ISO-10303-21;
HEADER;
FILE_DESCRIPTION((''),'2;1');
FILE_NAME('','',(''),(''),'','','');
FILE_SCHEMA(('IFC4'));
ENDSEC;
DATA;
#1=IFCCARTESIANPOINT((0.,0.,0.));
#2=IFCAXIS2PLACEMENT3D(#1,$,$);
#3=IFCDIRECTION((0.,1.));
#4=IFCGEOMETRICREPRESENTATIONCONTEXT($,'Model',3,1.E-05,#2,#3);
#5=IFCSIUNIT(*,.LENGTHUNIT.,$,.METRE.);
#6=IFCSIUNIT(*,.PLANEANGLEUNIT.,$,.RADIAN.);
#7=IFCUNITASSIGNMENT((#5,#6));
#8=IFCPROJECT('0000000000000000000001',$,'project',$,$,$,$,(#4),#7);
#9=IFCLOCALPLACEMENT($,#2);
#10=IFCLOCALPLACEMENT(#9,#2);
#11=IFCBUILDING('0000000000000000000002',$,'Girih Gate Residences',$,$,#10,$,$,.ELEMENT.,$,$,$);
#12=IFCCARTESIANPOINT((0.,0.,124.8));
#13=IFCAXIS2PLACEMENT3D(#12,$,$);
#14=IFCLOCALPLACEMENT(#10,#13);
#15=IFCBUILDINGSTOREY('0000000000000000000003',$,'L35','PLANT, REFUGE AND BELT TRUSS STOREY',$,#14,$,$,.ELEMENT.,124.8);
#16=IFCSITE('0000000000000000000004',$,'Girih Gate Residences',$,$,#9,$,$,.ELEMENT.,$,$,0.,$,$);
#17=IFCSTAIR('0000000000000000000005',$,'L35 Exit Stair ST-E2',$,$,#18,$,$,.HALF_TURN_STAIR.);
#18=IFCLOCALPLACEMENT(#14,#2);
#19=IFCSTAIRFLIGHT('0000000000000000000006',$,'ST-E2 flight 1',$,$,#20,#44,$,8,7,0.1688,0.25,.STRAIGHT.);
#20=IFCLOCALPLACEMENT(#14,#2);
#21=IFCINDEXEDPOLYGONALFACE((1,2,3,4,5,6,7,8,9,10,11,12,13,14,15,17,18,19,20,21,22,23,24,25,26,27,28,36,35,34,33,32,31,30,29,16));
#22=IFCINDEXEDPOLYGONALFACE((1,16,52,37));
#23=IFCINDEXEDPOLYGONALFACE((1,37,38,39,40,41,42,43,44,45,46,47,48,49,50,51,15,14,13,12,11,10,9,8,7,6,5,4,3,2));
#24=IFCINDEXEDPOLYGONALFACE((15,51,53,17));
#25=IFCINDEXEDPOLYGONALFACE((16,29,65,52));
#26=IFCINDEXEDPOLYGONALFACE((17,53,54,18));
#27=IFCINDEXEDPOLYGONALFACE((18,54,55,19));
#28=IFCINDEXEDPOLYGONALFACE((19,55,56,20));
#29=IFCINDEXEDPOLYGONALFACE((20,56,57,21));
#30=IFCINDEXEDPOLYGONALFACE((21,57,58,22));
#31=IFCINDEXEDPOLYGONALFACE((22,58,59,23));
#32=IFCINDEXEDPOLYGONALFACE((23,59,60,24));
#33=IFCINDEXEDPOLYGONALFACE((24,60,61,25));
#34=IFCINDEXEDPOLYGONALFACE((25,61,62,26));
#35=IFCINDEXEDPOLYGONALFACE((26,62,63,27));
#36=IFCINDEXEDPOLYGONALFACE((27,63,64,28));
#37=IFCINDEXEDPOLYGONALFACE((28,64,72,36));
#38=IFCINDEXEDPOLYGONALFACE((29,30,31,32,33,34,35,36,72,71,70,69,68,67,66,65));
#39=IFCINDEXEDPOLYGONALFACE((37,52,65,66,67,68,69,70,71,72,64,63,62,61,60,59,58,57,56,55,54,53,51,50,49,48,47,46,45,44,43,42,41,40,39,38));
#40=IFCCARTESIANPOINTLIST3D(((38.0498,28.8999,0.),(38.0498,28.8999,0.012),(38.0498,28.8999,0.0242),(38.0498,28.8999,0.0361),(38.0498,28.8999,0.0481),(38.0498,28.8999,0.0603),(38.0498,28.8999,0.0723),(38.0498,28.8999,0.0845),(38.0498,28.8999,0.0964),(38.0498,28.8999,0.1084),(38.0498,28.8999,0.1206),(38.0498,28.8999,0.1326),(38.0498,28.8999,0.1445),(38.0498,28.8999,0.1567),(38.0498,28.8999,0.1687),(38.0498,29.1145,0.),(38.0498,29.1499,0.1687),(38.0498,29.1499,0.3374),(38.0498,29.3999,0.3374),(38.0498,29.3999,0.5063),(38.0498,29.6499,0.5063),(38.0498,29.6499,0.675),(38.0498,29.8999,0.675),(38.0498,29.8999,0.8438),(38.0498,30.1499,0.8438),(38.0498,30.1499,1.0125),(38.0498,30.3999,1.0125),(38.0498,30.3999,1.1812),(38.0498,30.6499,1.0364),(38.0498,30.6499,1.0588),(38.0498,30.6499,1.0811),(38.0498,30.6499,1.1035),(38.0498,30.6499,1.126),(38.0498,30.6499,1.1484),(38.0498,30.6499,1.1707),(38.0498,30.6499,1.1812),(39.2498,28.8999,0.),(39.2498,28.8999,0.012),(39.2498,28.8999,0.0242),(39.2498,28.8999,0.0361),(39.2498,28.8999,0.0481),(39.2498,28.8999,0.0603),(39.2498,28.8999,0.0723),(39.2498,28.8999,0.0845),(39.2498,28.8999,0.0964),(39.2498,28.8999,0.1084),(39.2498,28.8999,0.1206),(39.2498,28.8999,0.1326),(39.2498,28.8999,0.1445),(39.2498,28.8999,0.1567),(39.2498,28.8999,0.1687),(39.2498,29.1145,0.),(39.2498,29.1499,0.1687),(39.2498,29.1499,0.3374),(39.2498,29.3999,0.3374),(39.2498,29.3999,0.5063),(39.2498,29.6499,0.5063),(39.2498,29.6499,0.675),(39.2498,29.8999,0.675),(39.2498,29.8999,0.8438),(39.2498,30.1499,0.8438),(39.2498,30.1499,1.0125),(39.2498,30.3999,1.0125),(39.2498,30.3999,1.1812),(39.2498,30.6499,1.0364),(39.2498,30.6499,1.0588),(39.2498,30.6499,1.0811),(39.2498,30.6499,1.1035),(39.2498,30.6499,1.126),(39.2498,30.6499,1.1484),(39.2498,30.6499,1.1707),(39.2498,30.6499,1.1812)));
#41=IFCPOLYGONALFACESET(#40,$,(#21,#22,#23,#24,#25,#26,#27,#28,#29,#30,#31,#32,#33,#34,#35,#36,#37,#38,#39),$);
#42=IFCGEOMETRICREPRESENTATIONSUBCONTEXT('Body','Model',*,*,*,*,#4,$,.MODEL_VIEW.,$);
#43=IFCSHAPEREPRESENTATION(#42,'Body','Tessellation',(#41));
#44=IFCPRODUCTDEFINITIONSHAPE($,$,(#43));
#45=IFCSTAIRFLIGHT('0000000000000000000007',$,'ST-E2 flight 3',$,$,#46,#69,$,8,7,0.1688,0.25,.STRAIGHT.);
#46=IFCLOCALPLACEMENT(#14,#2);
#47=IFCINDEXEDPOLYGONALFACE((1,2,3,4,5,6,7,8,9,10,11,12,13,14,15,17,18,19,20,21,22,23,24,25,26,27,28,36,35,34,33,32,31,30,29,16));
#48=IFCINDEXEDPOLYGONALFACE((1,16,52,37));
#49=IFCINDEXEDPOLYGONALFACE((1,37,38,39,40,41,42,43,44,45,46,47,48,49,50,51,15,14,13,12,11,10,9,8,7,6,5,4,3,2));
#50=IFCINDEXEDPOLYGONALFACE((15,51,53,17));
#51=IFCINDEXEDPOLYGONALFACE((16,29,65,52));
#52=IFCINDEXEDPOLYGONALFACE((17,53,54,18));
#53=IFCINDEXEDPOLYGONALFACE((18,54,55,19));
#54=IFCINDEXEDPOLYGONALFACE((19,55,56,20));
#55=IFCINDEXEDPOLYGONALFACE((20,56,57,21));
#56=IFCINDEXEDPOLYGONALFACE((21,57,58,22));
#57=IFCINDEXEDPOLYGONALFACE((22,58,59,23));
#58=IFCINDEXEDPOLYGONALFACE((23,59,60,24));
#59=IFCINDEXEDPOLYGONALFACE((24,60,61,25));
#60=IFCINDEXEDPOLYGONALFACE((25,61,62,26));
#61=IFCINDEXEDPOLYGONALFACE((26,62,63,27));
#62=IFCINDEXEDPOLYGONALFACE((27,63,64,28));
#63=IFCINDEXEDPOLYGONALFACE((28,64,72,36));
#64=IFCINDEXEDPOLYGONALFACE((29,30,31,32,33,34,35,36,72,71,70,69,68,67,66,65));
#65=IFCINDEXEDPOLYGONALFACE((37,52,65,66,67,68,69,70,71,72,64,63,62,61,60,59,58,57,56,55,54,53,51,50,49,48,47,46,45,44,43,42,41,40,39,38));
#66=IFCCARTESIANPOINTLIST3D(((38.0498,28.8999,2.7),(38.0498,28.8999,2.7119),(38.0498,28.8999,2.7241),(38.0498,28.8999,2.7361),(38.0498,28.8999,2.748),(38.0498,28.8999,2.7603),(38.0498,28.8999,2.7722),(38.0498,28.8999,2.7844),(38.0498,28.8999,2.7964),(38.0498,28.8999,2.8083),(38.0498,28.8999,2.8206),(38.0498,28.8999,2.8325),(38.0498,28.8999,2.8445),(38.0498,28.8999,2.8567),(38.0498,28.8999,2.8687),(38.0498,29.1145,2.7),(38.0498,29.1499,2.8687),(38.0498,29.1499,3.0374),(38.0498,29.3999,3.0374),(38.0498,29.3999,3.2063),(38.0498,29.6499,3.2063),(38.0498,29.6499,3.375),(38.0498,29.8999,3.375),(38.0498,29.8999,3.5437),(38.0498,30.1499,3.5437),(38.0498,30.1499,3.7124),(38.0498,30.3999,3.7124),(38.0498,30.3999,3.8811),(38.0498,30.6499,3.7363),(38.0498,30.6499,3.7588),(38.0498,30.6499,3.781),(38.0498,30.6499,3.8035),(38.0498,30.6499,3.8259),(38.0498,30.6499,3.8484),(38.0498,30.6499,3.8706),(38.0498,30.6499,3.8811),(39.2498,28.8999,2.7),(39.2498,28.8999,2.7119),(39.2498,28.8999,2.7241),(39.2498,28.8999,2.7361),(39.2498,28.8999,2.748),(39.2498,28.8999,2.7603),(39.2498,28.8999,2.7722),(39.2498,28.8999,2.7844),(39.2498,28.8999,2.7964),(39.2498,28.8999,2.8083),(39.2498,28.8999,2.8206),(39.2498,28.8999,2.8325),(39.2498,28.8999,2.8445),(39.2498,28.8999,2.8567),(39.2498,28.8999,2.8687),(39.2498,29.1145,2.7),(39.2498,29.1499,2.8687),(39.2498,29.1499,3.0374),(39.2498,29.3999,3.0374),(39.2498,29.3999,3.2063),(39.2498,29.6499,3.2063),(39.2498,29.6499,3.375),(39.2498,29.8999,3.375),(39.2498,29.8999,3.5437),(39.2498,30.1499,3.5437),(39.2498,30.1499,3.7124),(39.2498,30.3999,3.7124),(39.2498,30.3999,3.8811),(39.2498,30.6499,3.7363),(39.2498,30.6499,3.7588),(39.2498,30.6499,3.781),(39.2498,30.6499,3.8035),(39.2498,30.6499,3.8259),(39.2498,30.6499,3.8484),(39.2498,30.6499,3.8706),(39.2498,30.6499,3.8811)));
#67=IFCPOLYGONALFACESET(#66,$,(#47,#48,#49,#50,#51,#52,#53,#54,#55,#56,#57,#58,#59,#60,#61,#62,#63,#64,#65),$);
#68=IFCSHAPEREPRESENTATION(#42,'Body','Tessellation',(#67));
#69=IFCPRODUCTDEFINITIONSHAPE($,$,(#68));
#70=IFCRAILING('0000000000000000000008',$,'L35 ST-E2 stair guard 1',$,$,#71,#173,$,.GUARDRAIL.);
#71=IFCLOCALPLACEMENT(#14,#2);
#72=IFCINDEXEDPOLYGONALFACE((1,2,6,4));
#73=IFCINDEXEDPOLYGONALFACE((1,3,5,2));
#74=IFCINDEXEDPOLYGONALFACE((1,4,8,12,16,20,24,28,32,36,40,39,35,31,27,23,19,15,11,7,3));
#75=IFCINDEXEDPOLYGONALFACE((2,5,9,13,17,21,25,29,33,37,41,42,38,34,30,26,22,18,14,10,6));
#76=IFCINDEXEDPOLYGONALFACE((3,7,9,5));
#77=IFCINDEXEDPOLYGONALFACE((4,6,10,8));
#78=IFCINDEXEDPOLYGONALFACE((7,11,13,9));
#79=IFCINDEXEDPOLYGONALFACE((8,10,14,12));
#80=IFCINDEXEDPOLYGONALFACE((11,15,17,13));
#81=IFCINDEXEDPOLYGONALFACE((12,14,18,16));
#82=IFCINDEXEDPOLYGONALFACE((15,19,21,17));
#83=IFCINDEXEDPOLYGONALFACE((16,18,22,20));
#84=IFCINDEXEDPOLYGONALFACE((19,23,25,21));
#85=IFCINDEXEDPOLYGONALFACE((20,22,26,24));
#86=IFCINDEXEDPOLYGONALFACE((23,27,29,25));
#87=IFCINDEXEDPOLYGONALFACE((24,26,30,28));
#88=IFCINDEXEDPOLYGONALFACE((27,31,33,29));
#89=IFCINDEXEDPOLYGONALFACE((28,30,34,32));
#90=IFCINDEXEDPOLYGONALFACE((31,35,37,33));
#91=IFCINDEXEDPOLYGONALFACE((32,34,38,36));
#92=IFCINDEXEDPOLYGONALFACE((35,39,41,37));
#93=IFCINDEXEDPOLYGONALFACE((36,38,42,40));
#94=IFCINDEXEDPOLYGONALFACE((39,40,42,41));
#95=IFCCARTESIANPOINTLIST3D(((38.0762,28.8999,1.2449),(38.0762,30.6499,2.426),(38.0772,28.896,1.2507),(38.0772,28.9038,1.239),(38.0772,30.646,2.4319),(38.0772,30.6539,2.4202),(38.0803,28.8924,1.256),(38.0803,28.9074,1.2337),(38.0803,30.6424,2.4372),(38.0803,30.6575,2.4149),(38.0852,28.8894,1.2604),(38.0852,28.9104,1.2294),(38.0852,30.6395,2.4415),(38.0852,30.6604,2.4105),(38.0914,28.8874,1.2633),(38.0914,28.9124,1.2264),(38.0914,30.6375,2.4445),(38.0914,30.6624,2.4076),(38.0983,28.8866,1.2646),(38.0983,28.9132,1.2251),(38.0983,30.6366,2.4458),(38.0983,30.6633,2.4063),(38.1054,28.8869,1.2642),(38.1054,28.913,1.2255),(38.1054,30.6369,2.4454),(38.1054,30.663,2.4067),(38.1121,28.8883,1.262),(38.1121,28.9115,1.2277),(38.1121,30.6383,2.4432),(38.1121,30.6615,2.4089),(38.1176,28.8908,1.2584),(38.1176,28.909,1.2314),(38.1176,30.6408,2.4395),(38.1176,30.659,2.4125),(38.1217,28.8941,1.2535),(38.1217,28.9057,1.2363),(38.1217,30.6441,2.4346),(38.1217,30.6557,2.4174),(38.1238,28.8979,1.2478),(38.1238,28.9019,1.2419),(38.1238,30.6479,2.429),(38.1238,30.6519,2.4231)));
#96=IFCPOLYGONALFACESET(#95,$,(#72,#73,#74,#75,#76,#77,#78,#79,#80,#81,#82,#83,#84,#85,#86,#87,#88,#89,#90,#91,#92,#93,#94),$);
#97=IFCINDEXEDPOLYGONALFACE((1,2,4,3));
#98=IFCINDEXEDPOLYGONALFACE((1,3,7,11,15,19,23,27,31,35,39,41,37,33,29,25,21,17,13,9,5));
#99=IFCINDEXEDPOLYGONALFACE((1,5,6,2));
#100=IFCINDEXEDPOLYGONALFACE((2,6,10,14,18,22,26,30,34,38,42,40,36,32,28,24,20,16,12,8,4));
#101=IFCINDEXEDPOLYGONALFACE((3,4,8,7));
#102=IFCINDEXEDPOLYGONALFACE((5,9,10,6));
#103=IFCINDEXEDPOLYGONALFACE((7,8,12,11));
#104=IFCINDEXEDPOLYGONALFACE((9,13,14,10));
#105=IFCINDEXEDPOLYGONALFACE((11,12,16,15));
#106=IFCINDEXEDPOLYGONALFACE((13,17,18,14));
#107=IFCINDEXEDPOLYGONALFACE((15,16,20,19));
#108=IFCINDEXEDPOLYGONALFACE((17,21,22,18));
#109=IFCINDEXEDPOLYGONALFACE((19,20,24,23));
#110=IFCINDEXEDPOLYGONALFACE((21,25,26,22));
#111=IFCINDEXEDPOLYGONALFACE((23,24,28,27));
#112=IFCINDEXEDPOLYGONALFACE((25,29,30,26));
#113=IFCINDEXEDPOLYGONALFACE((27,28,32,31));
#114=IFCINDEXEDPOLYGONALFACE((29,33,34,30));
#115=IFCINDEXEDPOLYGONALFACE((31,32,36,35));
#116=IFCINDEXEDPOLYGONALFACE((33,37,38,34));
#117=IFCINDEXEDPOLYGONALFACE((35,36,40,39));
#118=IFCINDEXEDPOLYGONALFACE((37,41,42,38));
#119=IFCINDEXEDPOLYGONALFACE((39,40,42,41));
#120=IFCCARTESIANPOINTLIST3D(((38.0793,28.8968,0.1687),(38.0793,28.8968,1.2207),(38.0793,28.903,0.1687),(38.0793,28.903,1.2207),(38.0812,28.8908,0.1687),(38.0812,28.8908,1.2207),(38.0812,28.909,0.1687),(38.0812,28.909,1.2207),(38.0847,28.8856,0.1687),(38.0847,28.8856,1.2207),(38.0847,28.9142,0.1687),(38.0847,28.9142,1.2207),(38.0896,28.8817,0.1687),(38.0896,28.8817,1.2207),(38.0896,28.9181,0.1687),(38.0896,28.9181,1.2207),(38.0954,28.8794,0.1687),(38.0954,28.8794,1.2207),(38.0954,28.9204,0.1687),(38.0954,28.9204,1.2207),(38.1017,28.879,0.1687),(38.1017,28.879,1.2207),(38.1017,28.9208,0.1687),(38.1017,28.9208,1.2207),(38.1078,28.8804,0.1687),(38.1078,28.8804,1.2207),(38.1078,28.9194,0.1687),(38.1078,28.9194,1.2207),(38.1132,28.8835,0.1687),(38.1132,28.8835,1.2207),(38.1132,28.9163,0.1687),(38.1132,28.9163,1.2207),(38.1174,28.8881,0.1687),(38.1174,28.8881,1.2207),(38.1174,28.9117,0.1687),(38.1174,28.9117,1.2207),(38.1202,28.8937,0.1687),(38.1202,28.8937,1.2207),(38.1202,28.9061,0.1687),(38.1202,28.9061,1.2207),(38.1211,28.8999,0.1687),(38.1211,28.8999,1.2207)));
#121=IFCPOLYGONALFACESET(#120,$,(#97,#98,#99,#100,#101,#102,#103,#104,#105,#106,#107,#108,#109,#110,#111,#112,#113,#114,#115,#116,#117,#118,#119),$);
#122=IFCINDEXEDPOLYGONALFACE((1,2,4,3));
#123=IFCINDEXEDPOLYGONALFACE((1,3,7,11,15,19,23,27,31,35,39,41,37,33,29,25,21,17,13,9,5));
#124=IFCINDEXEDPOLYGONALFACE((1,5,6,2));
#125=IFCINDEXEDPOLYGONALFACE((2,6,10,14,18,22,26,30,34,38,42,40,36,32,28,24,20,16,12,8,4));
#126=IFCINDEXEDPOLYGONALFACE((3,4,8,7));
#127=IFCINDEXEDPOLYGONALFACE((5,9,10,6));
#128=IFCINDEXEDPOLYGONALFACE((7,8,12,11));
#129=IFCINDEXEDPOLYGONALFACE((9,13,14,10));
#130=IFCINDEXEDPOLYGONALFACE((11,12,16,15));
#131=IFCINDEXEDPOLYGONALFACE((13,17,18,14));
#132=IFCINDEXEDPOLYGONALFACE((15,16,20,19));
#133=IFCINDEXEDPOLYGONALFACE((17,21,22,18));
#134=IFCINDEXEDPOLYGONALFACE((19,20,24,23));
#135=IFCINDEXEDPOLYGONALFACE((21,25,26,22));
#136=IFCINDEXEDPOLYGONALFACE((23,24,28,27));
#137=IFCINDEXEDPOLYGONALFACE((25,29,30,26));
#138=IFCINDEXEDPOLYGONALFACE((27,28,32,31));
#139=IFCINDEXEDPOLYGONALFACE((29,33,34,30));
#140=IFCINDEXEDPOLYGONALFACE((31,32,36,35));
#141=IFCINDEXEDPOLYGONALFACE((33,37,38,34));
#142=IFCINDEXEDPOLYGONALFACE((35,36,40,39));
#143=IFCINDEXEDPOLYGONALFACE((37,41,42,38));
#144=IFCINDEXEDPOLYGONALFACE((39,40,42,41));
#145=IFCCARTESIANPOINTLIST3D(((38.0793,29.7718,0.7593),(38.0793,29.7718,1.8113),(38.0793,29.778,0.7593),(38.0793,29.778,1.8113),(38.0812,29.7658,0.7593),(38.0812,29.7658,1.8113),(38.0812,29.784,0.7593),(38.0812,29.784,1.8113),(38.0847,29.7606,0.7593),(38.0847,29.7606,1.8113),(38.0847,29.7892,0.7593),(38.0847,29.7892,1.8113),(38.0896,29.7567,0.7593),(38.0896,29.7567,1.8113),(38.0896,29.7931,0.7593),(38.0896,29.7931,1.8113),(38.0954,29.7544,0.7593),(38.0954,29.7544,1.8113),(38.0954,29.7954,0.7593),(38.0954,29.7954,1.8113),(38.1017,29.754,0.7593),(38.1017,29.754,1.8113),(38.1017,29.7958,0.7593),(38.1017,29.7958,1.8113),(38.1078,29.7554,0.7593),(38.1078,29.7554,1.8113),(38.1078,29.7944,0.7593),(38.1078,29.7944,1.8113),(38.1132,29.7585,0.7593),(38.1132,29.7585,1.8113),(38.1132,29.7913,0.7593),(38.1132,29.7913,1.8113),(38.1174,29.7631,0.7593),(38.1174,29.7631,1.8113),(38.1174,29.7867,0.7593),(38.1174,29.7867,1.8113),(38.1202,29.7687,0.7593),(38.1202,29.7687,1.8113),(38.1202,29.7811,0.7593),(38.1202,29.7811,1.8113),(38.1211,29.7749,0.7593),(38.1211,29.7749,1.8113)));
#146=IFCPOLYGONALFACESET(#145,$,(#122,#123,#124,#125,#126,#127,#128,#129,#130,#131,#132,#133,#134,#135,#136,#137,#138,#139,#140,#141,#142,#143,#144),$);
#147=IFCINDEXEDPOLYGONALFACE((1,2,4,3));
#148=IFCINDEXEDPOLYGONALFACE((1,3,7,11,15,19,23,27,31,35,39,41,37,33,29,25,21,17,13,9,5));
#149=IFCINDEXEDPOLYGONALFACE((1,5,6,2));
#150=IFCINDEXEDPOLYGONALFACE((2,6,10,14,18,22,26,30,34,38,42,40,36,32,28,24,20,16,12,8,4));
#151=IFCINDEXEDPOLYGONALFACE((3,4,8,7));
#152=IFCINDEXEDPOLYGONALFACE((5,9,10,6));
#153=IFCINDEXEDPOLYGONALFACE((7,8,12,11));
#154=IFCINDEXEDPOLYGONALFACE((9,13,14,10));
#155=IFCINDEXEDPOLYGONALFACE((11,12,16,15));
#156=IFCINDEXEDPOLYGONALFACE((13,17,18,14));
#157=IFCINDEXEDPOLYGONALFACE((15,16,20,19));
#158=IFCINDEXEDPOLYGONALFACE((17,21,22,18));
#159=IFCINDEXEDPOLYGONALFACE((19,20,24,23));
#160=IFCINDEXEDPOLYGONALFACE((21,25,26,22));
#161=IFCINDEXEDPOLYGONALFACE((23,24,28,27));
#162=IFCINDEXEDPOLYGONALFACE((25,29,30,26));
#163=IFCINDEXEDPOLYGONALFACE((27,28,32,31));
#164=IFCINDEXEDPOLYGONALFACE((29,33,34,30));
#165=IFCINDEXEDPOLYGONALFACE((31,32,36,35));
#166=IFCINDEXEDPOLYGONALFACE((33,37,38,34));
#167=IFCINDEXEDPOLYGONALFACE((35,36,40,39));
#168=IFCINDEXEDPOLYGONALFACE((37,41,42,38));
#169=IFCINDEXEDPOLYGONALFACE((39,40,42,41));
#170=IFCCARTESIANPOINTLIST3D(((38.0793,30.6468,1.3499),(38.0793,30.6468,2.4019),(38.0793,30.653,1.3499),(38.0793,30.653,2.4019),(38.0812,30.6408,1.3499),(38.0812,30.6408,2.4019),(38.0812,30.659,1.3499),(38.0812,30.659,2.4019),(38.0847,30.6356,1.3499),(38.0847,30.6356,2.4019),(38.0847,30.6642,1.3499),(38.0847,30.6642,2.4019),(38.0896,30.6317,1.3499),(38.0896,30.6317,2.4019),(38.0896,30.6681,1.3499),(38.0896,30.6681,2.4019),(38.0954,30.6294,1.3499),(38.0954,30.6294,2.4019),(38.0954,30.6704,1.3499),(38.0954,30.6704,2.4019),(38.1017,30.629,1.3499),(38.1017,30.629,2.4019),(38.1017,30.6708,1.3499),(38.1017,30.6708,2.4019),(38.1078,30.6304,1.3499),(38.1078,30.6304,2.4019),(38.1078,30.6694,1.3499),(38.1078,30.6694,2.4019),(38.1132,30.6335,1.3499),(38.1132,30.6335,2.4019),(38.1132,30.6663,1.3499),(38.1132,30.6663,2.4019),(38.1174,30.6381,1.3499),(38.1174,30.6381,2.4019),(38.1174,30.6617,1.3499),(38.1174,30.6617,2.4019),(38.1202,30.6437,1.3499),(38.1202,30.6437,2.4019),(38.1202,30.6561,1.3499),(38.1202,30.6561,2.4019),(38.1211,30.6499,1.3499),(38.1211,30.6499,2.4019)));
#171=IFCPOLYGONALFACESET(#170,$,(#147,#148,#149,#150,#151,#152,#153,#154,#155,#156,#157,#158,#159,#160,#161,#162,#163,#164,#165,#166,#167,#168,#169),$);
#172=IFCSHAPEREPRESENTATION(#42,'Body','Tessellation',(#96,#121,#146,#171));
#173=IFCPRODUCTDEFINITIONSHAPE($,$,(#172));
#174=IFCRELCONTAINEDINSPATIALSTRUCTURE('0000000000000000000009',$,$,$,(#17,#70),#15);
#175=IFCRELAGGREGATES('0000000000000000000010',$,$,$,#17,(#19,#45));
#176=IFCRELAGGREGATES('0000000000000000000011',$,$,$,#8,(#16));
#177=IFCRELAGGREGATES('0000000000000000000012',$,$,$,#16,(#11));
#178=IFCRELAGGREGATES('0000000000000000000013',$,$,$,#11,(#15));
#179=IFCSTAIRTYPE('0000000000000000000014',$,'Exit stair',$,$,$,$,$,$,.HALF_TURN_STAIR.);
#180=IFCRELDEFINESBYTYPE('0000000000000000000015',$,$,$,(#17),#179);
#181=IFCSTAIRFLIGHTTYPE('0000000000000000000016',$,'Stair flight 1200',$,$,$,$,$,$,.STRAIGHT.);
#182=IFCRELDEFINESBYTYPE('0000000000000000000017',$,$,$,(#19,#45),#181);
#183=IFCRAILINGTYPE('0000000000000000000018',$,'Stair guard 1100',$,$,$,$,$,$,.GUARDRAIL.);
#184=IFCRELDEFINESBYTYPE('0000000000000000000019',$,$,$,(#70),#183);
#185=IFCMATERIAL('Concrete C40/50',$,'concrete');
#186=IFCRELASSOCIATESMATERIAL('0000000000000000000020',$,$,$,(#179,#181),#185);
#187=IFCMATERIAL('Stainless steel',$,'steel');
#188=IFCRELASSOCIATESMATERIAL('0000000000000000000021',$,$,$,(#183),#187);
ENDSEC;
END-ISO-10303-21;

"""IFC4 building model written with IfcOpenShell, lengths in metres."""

from ifc_helpers import new_model, si_unit, direction, frame, origin, origin_2d, place, context, subcontext, project, spatial, polyline, circle, outline, extrude, material, type_object, element, aggregate, save


model = new_model("IFC4")

# Units and contexts
model_context = context("Model", 3, precision=1e-05, world=origin(), true_north=direction((0.0, 1.0)))
body_context = subcontext(model_context, "Body", "Model", "MODEL_VIEW")
ifc_project = project(units=[si_unit("LENGTHUNIT", "METRE"), si_unit("PLANEANGLEUNIT", "RADIAN")], contexts=[model_context])

# Site, building, storey
site_placement = place(None, origin())
site = spatial("IfcSite", under=ifc_project, at=site_placement, Name="Girih Gate Residences", CompositionType="ELEMENT", RefElevation=0.0)
building_placement = place(site_placement, origin())
building = spatial("IfcBuilding", under=site, at=building_placement, Name="Girih Gate Residences", CompositionType="ELEMENT")
storey_placement = place(building_placement, frame((0.0, 0.0, 124.8)))
storey = spatial("IfcBuildingStorey", under=building, at=storey_placement, Name="L35", Description="PLANT, REFUGE AND BELT TRUSS STOREY", CompositionType="ELEMENT", Elevation=124.8)

# Shared definitions
ifc_material_1 = material(Name="Concrete C40/50", Category="concrete")

# Stair, stair flights
stair_type = type_object("IfcStairType", Name="Exit stair", PredefinedType="HALF_TURN_STAIR", material=ifc_material_1)
stair_placement = place(storey_placement, origin())
stair = element("IfcStair", 1, at=stair_placement, inside=storey, type_object=stair_type, Name="L35 Exit Stair ST-E2", PredefinedType="HALF_TURN_STAIR")
stair_flight_type = type_object("IfcStairFlightType", Name="Stair flight 1200", PredefinedType="STRAIGHT", material=ifc_material_1)
stair_flight_1_placement = place(storey_placement, frame((38.6499, 28.8999, 0.0), z_axis=(0.0, 0.0, 1.0), x_axis=(0.0, 1.0, 0.0)))
stair_flight_1 = element("IfcStairFlight", 2, at=stair_flight_1_placement, type_object=stair_flight_type, Name="ST-E2 flight 1", NumberOfRisers=8, NumberOfTreads=7, PredefinedType="STRAIGHT", RiserHeight=0.1688, TreadLength=0.25, context=body_context, shape_type="SweptSolid", body=[
    extrude(outline(polyline([(0.0, 0.0), (0.0, 0.012), (0.0, 0.0242), (0.0, 0.0361), (0.0, 0.0481), (0.0, 0.0603), (0.0, 0.0723), (0.0, 0.0845), (0.0, 0.0964), (0.0, 0.1084), (0.0, 0.1206), (0.0, 0.1326), (0.0, 0.1445), (0.0, 0.1567), (0.0, 0.1687), (0.25, 0.1687), (0.25, 0.3374), (0.5, 0.3374), (0.5, 0.5063), (0.75, 0.5063), (0.75, 0.675), (1.0, 0.675), (1.0, 0.8438), (1.25, 0.8438), (1.25, 1.0125), (1.5, 1.0125), (1.5, 1.1812), (1.75, 1.1812), (1.75, 1.1934), (1.75, 1.2053), (1.75, 1.2175), (1.75, 1.2295), (1.75, 1.2415), (1.75, 1.2537), (1.75, 1.2656), (1.75, 1.2776), (1.75, 1.2898), (1.75, 1.3018), (1.75, 1.3137), (1.75, 1.3259), (1.75, 1.3379), (1.75, 1.3501), (1.75, 1.3276), (1.75, 1.3052), (1.75, 1.2827), (1.75, 1.2605), (1.75, 1.238), (1.75, 1.2156), (1.75, 1.1931), (1.75, 1.1707), (1.75, 1.1484), (1.75, 1.126), (1.75, 1.1035), (1.75, 1.0811), (1.75, 1.0588), (1.75, 1.0364), (0.2146, 0.0), (0.0, 0.0)])), frame((0.0, 0.6001, 0.0), z_axis=(0.0, -1.0, 0.0), x_axis=(1.0, 0.0, 0.0)), (0.0, 0.0, 1.0), 1.2),
])
stair_flight_2_placement = place(storey_placement, frame((38.6499, 28.8999, 2.7), z_axis=(0.0, 0.0, 1.0), x_axis=(0.0, 1.0, 0.0)))
stair_flight_2 = element("IfcStairFlight", 3, at=stair_flight_2_placement, type_object=stair_flight_type, Name="ST-E2 flight 3", NumberOfRisers=8, NumberOfTreads=7, PredefinedType="STRAIGHT", RiserHeight=0.1688, TreadLength=0.25, context=body_context, shape_type="SweptSolid", body=[
    extrude(outline(polyline([(0.0, 0.0), (0.0, 0.012), (0.0, 0.0242), (0.0, 0.0361), (0.0, 0.0481), (0.0, 0.0603), (0.0, 0.0723), (0.0, 0.0845), (0.0, 0.0964), (0.0, 0.1084), (0.0, 0.1206), (0.0, 0.1326), (0.0, 0.1445), (0.0, 0.1567), (0.0, 0.1687), (0.25, 0.1687), (0.25, 0.3374), (0.5, 0.3374), (0.5, 0.5063), (0.75, 0.5063), (0.75, 0.675), (1.0, 0.675), (1.0, 0.8438), (1.25, 0.8438), (1.25, 1.0125), (1.5, 1.0125), (1.5, 1.1812), (1.75, 1.1812), (1.75, 1.1934), (1.75, 1.2053), (1.75, 1.2175), (1.75, 1.2295), (1.75, 1.2415), (1.75, 1.2537), (1.75, 1.2656), (1.75, 1.2776), (1.75, 1.2898), (1.75, 1.3018), (1.75, 1.3137), (1.75, 1.3259), (1.75, 1.3379), (1.75, 1.3501), (1.75, 1.3276), (1.75, 1.3052), (1.75, 1.2827), (1.75, 1.2605), (1.75, 1.238), (1.75, 1.2156), (1.75, 1.1931), (1.75, 1.1707), (1.75, 1.1484), (1.75, 1.126), (1.75, 1.1035), (1.75, 1.0811), (1.75, 1.0588), (1.75, 1.0364), (0.2146, 0.0), (0.0, 0.0)])), frame((0.0, 0.6001, 0.0), z_axis=(0.0, -1.0, 0.0), x_axis=(1.0, 0.0, 0.0)), (0.0, 0.0, 1.0), 1.2),
])
aggregate(stair, [stair_flight_1, stair_flight_2])

# Railing
ifc_material_2 = material(Name="Stainless steel", Category="steel")
railing_type_1 = type_object("IfcRailingType", Name="Stair guard 1100", PredefinedType="GUARDRAIL", material=ifc_material_2)
railing_1_placement = place(storey_placement, frame((38.1001, 28.8999, 0.1687)))
element("IfcRailing", 4, at=railing_1_placement, inside=storey, type_object=railing_type_1, Name="L35 ST-E2 stair guard 1", PredefinedType="GUARDRAIL", context=body_context, shape_type="SweptSolid", body=[
    extrude(circle(Radius=0.0239, at=origin_2d()), frame((0.0, 0.0, 1.0762), z_axis=(0.0, 0.82887, 0.559441), x_axis=(-1.0, 0.0, 0.0)), (0.0, 0.0, 1.0), 2.1113),
    extrude(circle(Radius=0.021, at=origin_2d()), origin(), (0.0, 0.0, 1.0), 1.052),
    extrude(circle(Radius=0.021, at=origin_2d()), frame((0.0, 0.875, 0.5906)), (0.0, 0.0, 1.0), 1.052),
    extrude(circle(Radius=0.021, at=origin_2d()), frame((0.0, 1.75, 1.1812)), (0.0, 0.0, 1.0), 1.052),
])

save(model, "model.ifc")
